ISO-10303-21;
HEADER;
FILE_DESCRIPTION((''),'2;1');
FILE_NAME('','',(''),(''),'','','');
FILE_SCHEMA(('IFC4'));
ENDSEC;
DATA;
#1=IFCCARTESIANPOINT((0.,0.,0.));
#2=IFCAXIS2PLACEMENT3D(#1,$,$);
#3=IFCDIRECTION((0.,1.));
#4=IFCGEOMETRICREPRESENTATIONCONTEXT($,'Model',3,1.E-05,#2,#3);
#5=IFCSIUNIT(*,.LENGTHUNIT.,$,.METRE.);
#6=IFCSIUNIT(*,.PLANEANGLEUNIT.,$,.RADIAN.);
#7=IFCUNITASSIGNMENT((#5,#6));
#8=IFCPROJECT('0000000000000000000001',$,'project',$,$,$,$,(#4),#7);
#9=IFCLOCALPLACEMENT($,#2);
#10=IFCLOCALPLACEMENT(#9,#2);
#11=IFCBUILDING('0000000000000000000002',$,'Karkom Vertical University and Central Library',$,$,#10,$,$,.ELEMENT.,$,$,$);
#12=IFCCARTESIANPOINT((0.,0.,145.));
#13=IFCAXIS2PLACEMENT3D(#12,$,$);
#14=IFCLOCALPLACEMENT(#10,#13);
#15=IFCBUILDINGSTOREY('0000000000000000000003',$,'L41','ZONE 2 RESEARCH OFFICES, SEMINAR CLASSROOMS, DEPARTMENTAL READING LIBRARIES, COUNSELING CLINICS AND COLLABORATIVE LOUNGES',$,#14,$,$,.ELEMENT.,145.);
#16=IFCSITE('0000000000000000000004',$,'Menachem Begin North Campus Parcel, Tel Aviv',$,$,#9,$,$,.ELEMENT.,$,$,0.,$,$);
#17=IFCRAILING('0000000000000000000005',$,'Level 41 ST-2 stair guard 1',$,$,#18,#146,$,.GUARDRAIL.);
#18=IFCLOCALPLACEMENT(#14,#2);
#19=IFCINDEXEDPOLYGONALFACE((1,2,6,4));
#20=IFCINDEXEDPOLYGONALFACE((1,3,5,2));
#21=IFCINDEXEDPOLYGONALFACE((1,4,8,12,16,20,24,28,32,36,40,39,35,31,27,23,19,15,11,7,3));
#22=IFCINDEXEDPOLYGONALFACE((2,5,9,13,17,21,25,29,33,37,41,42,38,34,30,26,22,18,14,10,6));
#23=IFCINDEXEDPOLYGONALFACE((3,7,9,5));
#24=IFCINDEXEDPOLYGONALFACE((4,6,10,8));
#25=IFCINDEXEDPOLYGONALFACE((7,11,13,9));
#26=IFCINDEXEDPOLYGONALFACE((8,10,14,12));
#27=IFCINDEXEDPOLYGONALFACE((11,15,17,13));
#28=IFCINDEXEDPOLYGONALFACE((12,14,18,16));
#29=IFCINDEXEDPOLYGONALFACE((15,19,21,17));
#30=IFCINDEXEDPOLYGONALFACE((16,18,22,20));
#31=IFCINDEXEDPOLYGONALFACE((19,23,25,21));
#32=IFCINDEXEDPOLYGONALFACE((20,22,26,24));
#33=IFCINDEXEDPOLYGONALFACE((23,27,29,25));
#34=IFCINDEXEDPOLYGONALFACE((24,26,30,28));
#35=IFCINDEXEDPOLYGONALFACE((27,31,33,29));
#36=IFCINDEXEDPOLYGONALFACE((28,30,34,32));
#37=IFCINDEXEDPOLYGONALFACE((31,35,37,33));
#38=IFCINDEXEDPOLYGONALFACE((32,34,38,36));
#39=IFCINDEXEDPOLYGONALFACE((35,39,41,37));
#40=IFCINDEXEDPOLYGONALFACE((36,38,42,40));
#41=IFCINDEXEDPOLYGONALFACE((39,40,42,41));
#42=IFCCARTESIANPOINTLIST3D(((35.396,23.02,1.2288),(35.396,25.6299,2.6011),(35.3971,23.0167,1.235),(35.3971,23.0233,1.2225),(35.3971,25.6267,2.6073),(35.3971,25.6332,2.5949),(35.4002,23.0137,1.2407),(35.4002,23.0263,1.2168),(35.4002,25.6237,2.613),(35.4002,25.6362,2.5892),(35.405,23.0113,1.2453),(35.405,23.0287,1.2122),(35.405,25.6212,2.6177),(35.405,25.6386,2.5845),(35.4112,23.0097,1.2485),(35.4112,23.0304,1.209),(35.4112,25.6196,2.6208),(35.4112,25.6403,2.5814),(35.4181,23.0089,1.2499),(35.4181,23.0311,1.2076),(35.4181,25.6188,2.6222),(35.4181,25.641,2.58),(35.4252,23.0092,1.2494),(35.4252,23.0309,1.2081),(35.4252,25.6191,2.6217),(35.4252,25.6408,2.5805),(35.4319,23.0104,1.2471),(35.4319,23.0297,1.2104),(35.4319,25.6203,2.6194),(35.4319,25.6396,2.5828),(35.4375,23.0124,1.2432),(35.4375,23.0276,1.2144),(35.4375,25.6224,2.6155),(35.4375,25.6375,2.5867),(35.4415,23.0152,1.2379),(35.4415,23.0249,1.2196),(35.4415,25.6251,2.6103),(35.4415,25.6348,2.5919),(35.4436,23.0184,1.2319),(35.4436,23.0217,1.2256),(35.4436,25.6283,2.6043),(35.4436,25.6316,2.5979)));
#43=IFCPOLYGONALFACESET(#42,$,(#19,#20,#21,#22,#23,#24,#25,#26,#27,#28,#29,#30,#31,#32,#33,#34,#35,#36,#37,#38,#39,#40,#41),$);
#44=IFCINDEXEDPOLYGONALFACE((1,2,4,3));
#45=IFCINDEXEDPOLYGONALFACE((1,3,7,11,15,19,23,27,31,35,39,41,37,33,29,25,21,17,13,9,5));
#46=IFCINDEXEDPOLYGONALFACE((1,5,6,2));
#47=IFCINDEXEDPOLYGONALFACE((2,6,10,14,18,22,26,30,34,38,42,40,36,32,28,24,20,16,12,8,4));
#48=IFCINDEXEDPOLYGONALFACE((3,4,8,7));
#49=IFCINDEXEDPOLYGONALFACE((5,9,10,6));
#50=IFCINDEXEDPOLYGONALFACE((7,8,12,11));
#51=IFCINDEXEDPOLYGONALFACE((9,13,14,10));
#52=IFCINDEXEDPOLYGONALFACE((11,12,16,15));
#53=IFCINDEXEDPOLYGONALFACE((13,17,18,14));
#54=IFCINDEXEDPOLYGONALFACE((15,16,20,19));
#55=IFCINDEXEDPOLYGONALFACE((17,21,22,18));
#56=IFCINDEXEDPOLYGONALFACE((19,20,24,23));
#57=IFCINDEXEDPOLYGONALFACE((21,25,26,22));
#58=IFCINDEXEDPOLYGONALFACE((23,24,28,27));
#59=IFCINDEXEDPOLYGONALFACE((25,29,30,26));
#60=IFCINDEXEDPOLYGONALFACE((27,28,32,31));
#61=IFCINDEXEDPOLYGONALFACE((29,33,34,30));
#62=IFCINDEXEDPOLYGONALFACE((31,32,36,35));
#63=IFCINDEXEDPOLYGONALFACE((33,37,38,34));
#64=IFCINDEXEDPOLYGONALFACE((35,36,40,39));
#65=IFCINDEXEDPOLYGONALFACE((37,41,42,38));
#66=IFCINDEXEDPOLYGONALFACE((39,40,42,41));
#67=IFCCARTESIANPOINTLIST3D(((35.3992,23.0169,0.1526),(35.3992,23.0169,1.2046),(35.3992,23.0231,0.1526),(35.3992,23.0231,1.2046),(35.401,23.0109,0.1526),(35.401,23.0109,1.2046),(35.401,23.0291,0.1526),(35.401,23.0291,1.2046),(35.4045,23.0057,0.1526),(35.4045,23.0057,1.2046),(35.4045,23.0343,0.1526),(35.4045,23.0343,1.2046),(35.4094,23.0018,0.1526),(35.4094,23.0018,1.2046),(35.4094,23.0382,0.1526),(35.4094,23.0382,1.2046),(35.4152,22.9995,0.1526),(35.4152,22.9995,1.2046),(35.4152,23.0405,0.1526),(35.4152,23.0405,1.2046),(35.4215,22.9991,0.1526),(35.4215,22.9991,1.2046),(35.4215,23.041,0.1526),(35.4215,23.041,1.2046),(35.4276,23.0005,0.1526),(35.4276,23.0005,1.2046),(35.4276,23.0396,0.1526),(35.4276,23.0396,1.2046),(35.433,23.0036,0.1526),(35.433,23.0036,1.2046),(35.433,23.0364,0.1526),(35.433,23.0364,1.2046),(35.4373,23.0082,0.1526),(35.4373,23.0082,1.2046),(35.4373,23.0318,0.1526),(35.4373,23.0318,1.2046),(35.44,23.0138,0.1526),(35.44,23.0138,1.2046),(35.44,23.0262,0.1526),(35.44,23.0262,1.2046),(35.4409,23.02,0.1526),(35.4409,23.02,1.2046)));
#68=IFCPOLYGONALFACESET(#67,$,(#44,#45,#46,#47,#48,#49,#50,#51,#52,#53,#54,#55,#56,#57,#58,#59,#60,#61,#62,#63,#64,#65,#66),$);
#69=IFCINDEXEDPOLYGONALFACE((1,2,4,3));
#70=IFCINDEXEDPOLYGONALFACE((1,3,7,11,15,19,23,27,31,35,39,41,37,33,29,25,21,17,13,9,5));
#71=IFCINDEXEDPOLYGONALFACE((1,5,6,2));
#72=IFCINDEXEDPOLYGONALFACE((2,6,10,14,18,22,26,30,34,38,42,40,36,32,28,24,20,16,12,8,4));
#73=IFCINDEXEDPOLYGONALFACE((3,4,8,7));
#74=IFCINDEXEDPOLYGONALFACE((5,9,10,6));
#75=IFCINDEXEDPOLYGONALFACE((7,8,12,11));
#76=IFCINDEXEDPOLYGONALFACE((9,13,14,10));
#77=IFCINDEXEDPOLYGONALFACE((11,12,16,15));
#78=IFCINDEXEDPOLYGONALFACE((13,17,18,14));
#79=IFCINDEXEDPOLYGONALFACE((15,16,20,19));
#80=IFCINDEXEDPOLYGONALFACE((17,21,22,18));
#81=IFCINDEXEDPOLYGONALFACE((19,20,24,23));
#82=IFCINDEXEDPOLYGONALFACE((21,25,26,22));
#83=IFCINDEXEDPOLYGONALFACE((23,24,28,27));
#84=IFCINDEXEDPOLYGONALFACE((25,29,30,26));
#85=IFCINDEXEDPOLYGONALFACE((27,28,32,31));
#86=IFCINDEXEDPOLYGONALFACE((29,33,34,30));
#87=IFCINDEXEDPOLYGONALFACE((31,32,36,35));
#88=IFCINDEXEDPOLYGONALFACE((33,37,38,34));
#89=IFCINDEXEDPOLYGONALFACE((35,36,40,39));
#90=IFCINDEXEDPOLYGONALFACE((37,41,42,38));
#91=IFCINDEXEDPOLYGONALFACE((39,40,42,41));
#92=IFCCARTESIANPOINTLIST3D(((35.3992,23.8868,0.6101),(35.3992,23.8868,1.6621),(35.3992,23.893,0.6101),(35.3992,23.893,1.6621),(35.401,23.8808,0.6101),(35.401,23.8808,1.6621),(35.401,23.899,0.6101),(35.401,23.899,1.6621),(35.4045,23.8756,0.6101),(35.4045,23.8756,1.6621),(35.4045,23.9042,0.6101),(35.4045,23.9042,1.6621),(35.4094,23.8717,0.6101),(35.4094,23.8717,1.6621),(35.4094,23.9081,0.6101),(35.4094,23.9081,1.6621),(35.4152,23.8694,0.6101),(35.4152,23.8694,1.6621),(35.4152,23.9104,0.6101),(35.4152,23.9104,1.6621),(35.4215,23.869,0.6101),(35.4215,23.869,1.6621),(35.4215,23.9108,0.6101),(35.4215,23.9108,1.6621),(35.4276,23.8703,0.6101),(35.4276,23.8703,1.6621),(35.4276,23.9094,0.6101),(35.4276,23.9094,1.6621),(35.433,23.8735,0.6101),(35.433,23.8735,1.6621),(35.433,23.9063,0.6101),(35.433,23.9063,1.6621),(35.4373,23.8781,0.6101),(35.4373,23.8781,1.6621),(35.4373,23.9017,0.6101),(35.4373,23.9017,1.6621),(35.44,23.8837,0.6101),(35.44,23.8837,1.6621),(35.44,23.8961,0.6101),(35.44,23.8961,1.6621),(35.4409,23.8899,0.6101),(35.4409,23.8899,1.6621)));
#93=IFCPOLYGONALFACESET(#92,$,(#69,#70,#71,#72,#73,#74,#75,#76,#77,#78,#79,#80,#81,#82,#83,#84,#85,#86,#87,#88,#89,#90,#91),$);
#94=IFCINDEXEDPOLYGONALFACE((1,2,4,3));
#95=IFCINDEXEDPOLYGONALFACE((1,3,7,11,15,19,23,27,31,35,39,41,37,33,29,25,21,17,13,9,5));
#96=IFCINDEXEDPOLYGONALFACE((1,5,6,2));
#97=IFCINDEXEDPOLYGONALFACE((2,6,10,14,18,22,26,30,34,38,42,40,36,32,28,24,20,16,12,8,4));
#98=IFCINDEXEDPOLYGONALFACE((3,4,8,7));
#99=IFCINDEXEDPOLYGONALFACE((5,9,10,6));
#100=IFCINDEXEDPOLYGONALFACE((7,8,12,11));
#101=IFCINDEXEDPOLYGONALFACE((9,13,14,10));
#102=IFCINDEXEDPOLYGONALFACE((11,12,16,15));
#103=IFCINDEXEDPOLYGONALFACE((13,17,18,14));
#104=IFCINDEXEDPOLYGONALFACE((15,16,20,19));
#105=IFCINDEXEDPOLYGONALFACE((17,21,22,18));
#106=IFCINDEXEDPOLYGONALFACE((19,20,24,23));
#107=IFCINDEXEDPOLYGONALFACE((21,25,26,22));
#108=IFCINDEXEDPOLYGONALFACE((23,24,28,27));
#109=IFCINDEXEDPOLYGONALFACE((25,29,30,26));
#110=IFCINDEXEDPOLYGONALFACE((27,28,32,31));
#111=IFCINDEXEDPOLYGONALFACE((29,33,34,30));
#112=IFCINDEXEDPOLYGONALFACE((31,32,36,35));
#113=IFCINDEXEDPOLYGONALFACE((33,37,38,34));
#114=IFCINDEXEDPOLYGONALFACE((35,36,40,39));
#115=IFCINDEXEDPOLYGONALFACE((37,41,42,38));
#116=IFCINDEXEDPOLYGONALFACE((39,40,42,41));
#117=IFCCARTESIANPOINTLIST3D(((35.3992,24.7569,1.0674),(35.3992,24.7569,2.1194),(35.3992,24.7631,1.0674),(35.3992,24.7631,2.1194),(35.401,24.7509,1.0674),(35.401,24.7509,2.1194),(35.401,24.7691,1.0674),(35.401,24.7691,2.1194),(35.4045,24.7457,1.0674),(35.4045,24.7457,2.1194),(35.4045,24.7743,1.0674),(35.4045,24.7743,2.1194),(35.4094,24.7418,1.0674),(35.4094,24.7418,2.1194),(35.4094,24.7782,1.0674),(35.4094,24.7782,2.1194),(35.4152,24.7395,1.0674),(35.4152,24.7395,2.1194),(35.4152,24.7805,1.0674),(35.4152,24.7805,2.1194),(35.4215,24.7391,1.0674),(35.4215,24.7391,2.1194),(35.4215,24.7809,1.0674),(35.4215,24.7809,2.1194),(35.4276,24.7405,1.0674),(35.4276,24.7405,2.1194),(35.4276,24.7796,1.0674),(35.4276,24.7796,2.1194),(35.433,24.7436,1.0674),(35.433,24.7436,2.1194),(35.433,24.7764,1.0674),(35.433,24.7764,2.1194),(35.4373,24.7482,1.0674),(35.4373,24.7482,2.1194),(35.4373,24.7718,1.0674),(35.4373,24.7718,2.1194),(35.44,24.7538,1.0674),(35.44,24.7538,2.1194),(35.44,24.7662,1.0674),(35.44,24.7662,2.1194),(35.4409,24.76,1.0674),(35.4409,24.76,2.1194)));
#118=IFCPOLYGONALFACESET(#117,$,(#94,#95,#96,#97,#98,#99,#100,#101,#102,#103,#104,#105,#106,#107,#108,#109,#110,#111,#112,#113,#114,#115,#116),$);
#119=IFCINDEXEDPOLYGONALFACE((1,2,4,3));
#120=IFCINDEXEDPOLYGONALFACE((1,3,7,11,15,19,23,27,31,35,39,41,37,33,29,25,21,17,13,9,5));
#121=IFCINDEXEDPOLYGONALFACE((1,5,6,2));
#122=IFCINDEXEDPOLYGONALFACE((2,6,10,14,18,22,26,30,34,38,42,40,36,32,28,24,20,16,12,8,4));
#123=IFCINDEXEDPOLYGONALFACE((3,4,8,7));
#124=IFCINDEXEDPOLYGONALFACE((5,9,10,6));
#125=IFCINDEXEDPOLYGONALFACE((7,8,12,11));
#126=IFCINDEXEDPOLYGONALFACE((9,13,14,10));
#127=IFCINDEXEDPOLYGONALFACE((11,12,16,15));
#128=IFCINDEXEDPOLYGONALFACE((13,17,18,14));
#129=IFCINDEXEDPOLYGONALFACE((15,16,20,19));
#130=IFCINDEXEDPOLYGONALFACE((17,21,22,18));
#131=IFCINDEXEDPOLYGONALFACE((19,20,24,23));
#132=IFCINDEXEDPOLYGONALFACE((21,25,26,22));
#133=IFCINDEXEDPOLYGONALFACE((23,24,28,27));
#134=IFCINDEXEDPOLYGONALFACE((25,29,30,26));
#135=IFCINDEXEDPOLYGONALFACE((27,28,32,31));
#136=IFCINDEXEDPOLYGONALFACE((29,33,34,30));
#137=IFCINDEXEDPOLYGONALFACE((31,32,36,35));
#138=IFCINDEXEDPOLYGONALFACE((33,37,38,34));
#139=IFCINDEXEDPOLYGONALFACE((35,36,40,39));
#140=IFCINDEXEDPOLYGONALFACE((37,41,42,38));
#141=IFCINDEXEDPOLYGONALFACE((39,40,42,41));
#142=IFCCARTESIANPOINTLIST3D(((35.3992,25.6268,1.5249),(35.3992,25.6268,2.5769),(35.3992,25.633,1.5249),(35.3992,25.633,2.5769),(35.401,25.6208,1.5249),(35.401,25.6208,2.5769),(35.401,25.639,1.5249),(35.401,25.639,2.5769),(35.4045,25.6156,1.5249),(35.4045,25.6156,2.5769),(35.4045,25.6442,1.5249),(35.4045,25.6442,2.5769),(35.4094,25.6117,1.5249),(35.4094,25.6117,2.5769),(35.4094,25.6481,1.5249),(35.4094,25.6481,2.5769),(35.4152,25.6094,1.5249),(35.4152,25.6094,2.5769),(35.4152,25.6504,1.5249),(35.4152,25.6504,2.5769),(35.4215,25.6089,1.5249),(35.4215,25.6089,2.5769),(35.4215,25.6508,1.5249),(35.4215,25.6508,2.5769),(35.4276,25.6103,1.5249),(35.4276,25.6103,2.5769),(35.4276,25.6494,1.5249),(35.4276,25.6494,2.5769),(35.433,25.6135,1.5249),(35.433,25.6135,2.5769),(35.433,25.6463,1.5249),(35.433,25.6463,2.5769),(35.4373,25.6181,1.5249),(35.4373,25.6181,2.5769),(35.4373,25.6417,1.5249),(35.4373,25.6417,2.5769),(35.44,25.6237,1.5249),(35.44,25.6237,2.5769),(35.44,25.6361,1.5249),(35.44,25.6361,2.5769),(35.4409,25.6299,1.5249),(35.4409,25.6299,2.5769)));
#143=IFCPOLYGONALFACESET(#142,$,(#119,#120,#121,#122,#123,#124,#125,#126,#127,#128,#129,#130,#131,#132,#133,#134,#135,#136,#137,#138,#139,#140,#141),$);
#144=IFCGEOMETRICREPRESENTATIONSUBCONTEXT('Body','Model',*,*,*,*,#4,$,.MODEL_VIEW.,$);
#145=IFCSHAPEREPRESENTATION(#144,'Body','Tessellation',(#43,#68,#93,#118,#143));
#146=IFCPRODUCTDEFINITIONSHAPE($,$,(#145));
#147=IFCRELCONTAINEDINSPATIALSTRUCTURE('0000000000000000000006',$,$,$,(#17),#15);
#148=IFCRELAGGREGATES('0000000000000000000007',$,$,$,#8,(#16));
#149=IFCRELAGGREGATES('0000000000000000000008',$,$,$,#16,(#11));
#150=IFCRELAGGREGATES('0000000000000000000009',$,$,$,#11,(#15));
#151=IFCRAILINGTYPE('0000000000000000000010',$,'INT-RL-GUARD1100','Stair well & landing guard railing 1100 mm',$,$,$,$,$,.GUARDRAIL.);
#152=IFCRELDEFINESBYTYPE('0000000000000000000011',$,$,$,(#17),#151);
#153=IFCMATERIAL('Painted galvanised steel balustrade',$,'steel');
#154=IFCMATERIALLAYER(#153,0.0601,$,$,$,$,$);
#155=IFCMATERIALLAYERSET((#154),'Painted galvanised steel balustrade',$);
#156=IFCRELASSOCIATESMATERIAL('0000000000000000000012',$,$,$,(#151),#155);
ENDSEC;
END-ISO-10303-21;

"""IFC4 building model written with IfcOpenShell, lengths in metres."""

from ifc_helpers import new_model, si_unit, direction, frame, origin, origin_2d, place, context, subcontext, project, spatial, circle, extrude, material, layer, layer_set, type_object, element, save


model = new_model("IFC4")

# Units and contexts
model_context = context("Model", 3, precision=1e-05, world=origin(), true_north=direction((0.0, 1.0)))
body_context = subcontext(model_context, "Body", "Model", "MODEL_VIEW")
ifc_project = project(units=[si_unit("LENGTHUNIT", "METRE"), si_unit("PLANEANGLEUNIT", "RADIAN")], contexts=[model_context])

# Site, building, storey
site_placement = place(None, origin())
site = spatial("IfcSite", under=ifc_project, at=site_placement, Name="Menachem Begin North Campus Parcel, Tel Aviv", CompositionType="ELEMENT", RefElevation=0.0)
building_placement = place(site_placement, origin())
building = spatial("IfcBuilding", under=site, at=building_placement, Name="Karkom Vertical University and Central Library", CompositionType="ELEMENT")
storey_placement = place(building_placement, frame((0.0, 0.0, 145.0)))
storey = spatial("IfcBuildingStorey", under=building, at=storey_placement, Name="L41", Description="ZONE 2 RESEARCH OFFICES, SEMINAR CLASSROOMS, DEPARTMENTAL READING LIBRARIES, COUNSELING CLINICS AND COLLABORATIVE LOUNGES", CompositionType="ELEMENT", Elevation=145.0)

# Railing
ifc_material_1 = material(Name="Painted galvanised steel balustrade", Category="steel")
ifc_layer_1 = layer(ifc_material_1, 0.0601)
ifc_layer_set_1 = layer_set([ifc_layer_1], Name="Painted galvanised steel balustrade")
railing_type_1 = type_object("IfcRailingType", Name="INT-RL-GUARD1100", Description="Stair well & landing guard railing 1100 mm", PredefinedType="GUARDRAIL", material=ifc_layer_set_1)
railing_1_placement = place(storey_placement, frame((35.4199, 23.02, 0.1526)))
element("IfcRailing", 1, at=railing_1_placement, inside=storey, type_object=railing_type_1, Name="Level 41 ST-2 stair guard 1", PredefinedType="GUARDRAIL", context=body_context, shape_type="SweptSolid", body=[
    extrude(circle(Radius=0.0239, at=origin_2d()), frame((0.0, 0.0, 1.0762), z_axis=(0.0, 0.8851, 0.465402), x_axis=(-1.0, 0.0, 0.0)), (0.0, 0.0, 1.0), 2.9487),
    extrude(circle(Radius=0.021, at=origin_2d()), origin(), (0.0, 0.0, 1.0), 1.052),
    extrude(circle(Radius=0.021, at=origin_2d()), frame((0.0, 0.8699, 0.4575)), (0.0, 0.0, 1.0), 1.052),
    extrude(circle(Radius=0.021, at=origin_2d()), frame((0.0, 1.74, 0.9148)), (0.0, 0.0, 1.0), 1.052),
    extrude(circle(Radius=0.021, at=origin_2d()), frame((0.0, 2.6099, 1.3723)), (0.0, 0.0, 1.0), 1.052),
])

save(model, "model.ifc")
